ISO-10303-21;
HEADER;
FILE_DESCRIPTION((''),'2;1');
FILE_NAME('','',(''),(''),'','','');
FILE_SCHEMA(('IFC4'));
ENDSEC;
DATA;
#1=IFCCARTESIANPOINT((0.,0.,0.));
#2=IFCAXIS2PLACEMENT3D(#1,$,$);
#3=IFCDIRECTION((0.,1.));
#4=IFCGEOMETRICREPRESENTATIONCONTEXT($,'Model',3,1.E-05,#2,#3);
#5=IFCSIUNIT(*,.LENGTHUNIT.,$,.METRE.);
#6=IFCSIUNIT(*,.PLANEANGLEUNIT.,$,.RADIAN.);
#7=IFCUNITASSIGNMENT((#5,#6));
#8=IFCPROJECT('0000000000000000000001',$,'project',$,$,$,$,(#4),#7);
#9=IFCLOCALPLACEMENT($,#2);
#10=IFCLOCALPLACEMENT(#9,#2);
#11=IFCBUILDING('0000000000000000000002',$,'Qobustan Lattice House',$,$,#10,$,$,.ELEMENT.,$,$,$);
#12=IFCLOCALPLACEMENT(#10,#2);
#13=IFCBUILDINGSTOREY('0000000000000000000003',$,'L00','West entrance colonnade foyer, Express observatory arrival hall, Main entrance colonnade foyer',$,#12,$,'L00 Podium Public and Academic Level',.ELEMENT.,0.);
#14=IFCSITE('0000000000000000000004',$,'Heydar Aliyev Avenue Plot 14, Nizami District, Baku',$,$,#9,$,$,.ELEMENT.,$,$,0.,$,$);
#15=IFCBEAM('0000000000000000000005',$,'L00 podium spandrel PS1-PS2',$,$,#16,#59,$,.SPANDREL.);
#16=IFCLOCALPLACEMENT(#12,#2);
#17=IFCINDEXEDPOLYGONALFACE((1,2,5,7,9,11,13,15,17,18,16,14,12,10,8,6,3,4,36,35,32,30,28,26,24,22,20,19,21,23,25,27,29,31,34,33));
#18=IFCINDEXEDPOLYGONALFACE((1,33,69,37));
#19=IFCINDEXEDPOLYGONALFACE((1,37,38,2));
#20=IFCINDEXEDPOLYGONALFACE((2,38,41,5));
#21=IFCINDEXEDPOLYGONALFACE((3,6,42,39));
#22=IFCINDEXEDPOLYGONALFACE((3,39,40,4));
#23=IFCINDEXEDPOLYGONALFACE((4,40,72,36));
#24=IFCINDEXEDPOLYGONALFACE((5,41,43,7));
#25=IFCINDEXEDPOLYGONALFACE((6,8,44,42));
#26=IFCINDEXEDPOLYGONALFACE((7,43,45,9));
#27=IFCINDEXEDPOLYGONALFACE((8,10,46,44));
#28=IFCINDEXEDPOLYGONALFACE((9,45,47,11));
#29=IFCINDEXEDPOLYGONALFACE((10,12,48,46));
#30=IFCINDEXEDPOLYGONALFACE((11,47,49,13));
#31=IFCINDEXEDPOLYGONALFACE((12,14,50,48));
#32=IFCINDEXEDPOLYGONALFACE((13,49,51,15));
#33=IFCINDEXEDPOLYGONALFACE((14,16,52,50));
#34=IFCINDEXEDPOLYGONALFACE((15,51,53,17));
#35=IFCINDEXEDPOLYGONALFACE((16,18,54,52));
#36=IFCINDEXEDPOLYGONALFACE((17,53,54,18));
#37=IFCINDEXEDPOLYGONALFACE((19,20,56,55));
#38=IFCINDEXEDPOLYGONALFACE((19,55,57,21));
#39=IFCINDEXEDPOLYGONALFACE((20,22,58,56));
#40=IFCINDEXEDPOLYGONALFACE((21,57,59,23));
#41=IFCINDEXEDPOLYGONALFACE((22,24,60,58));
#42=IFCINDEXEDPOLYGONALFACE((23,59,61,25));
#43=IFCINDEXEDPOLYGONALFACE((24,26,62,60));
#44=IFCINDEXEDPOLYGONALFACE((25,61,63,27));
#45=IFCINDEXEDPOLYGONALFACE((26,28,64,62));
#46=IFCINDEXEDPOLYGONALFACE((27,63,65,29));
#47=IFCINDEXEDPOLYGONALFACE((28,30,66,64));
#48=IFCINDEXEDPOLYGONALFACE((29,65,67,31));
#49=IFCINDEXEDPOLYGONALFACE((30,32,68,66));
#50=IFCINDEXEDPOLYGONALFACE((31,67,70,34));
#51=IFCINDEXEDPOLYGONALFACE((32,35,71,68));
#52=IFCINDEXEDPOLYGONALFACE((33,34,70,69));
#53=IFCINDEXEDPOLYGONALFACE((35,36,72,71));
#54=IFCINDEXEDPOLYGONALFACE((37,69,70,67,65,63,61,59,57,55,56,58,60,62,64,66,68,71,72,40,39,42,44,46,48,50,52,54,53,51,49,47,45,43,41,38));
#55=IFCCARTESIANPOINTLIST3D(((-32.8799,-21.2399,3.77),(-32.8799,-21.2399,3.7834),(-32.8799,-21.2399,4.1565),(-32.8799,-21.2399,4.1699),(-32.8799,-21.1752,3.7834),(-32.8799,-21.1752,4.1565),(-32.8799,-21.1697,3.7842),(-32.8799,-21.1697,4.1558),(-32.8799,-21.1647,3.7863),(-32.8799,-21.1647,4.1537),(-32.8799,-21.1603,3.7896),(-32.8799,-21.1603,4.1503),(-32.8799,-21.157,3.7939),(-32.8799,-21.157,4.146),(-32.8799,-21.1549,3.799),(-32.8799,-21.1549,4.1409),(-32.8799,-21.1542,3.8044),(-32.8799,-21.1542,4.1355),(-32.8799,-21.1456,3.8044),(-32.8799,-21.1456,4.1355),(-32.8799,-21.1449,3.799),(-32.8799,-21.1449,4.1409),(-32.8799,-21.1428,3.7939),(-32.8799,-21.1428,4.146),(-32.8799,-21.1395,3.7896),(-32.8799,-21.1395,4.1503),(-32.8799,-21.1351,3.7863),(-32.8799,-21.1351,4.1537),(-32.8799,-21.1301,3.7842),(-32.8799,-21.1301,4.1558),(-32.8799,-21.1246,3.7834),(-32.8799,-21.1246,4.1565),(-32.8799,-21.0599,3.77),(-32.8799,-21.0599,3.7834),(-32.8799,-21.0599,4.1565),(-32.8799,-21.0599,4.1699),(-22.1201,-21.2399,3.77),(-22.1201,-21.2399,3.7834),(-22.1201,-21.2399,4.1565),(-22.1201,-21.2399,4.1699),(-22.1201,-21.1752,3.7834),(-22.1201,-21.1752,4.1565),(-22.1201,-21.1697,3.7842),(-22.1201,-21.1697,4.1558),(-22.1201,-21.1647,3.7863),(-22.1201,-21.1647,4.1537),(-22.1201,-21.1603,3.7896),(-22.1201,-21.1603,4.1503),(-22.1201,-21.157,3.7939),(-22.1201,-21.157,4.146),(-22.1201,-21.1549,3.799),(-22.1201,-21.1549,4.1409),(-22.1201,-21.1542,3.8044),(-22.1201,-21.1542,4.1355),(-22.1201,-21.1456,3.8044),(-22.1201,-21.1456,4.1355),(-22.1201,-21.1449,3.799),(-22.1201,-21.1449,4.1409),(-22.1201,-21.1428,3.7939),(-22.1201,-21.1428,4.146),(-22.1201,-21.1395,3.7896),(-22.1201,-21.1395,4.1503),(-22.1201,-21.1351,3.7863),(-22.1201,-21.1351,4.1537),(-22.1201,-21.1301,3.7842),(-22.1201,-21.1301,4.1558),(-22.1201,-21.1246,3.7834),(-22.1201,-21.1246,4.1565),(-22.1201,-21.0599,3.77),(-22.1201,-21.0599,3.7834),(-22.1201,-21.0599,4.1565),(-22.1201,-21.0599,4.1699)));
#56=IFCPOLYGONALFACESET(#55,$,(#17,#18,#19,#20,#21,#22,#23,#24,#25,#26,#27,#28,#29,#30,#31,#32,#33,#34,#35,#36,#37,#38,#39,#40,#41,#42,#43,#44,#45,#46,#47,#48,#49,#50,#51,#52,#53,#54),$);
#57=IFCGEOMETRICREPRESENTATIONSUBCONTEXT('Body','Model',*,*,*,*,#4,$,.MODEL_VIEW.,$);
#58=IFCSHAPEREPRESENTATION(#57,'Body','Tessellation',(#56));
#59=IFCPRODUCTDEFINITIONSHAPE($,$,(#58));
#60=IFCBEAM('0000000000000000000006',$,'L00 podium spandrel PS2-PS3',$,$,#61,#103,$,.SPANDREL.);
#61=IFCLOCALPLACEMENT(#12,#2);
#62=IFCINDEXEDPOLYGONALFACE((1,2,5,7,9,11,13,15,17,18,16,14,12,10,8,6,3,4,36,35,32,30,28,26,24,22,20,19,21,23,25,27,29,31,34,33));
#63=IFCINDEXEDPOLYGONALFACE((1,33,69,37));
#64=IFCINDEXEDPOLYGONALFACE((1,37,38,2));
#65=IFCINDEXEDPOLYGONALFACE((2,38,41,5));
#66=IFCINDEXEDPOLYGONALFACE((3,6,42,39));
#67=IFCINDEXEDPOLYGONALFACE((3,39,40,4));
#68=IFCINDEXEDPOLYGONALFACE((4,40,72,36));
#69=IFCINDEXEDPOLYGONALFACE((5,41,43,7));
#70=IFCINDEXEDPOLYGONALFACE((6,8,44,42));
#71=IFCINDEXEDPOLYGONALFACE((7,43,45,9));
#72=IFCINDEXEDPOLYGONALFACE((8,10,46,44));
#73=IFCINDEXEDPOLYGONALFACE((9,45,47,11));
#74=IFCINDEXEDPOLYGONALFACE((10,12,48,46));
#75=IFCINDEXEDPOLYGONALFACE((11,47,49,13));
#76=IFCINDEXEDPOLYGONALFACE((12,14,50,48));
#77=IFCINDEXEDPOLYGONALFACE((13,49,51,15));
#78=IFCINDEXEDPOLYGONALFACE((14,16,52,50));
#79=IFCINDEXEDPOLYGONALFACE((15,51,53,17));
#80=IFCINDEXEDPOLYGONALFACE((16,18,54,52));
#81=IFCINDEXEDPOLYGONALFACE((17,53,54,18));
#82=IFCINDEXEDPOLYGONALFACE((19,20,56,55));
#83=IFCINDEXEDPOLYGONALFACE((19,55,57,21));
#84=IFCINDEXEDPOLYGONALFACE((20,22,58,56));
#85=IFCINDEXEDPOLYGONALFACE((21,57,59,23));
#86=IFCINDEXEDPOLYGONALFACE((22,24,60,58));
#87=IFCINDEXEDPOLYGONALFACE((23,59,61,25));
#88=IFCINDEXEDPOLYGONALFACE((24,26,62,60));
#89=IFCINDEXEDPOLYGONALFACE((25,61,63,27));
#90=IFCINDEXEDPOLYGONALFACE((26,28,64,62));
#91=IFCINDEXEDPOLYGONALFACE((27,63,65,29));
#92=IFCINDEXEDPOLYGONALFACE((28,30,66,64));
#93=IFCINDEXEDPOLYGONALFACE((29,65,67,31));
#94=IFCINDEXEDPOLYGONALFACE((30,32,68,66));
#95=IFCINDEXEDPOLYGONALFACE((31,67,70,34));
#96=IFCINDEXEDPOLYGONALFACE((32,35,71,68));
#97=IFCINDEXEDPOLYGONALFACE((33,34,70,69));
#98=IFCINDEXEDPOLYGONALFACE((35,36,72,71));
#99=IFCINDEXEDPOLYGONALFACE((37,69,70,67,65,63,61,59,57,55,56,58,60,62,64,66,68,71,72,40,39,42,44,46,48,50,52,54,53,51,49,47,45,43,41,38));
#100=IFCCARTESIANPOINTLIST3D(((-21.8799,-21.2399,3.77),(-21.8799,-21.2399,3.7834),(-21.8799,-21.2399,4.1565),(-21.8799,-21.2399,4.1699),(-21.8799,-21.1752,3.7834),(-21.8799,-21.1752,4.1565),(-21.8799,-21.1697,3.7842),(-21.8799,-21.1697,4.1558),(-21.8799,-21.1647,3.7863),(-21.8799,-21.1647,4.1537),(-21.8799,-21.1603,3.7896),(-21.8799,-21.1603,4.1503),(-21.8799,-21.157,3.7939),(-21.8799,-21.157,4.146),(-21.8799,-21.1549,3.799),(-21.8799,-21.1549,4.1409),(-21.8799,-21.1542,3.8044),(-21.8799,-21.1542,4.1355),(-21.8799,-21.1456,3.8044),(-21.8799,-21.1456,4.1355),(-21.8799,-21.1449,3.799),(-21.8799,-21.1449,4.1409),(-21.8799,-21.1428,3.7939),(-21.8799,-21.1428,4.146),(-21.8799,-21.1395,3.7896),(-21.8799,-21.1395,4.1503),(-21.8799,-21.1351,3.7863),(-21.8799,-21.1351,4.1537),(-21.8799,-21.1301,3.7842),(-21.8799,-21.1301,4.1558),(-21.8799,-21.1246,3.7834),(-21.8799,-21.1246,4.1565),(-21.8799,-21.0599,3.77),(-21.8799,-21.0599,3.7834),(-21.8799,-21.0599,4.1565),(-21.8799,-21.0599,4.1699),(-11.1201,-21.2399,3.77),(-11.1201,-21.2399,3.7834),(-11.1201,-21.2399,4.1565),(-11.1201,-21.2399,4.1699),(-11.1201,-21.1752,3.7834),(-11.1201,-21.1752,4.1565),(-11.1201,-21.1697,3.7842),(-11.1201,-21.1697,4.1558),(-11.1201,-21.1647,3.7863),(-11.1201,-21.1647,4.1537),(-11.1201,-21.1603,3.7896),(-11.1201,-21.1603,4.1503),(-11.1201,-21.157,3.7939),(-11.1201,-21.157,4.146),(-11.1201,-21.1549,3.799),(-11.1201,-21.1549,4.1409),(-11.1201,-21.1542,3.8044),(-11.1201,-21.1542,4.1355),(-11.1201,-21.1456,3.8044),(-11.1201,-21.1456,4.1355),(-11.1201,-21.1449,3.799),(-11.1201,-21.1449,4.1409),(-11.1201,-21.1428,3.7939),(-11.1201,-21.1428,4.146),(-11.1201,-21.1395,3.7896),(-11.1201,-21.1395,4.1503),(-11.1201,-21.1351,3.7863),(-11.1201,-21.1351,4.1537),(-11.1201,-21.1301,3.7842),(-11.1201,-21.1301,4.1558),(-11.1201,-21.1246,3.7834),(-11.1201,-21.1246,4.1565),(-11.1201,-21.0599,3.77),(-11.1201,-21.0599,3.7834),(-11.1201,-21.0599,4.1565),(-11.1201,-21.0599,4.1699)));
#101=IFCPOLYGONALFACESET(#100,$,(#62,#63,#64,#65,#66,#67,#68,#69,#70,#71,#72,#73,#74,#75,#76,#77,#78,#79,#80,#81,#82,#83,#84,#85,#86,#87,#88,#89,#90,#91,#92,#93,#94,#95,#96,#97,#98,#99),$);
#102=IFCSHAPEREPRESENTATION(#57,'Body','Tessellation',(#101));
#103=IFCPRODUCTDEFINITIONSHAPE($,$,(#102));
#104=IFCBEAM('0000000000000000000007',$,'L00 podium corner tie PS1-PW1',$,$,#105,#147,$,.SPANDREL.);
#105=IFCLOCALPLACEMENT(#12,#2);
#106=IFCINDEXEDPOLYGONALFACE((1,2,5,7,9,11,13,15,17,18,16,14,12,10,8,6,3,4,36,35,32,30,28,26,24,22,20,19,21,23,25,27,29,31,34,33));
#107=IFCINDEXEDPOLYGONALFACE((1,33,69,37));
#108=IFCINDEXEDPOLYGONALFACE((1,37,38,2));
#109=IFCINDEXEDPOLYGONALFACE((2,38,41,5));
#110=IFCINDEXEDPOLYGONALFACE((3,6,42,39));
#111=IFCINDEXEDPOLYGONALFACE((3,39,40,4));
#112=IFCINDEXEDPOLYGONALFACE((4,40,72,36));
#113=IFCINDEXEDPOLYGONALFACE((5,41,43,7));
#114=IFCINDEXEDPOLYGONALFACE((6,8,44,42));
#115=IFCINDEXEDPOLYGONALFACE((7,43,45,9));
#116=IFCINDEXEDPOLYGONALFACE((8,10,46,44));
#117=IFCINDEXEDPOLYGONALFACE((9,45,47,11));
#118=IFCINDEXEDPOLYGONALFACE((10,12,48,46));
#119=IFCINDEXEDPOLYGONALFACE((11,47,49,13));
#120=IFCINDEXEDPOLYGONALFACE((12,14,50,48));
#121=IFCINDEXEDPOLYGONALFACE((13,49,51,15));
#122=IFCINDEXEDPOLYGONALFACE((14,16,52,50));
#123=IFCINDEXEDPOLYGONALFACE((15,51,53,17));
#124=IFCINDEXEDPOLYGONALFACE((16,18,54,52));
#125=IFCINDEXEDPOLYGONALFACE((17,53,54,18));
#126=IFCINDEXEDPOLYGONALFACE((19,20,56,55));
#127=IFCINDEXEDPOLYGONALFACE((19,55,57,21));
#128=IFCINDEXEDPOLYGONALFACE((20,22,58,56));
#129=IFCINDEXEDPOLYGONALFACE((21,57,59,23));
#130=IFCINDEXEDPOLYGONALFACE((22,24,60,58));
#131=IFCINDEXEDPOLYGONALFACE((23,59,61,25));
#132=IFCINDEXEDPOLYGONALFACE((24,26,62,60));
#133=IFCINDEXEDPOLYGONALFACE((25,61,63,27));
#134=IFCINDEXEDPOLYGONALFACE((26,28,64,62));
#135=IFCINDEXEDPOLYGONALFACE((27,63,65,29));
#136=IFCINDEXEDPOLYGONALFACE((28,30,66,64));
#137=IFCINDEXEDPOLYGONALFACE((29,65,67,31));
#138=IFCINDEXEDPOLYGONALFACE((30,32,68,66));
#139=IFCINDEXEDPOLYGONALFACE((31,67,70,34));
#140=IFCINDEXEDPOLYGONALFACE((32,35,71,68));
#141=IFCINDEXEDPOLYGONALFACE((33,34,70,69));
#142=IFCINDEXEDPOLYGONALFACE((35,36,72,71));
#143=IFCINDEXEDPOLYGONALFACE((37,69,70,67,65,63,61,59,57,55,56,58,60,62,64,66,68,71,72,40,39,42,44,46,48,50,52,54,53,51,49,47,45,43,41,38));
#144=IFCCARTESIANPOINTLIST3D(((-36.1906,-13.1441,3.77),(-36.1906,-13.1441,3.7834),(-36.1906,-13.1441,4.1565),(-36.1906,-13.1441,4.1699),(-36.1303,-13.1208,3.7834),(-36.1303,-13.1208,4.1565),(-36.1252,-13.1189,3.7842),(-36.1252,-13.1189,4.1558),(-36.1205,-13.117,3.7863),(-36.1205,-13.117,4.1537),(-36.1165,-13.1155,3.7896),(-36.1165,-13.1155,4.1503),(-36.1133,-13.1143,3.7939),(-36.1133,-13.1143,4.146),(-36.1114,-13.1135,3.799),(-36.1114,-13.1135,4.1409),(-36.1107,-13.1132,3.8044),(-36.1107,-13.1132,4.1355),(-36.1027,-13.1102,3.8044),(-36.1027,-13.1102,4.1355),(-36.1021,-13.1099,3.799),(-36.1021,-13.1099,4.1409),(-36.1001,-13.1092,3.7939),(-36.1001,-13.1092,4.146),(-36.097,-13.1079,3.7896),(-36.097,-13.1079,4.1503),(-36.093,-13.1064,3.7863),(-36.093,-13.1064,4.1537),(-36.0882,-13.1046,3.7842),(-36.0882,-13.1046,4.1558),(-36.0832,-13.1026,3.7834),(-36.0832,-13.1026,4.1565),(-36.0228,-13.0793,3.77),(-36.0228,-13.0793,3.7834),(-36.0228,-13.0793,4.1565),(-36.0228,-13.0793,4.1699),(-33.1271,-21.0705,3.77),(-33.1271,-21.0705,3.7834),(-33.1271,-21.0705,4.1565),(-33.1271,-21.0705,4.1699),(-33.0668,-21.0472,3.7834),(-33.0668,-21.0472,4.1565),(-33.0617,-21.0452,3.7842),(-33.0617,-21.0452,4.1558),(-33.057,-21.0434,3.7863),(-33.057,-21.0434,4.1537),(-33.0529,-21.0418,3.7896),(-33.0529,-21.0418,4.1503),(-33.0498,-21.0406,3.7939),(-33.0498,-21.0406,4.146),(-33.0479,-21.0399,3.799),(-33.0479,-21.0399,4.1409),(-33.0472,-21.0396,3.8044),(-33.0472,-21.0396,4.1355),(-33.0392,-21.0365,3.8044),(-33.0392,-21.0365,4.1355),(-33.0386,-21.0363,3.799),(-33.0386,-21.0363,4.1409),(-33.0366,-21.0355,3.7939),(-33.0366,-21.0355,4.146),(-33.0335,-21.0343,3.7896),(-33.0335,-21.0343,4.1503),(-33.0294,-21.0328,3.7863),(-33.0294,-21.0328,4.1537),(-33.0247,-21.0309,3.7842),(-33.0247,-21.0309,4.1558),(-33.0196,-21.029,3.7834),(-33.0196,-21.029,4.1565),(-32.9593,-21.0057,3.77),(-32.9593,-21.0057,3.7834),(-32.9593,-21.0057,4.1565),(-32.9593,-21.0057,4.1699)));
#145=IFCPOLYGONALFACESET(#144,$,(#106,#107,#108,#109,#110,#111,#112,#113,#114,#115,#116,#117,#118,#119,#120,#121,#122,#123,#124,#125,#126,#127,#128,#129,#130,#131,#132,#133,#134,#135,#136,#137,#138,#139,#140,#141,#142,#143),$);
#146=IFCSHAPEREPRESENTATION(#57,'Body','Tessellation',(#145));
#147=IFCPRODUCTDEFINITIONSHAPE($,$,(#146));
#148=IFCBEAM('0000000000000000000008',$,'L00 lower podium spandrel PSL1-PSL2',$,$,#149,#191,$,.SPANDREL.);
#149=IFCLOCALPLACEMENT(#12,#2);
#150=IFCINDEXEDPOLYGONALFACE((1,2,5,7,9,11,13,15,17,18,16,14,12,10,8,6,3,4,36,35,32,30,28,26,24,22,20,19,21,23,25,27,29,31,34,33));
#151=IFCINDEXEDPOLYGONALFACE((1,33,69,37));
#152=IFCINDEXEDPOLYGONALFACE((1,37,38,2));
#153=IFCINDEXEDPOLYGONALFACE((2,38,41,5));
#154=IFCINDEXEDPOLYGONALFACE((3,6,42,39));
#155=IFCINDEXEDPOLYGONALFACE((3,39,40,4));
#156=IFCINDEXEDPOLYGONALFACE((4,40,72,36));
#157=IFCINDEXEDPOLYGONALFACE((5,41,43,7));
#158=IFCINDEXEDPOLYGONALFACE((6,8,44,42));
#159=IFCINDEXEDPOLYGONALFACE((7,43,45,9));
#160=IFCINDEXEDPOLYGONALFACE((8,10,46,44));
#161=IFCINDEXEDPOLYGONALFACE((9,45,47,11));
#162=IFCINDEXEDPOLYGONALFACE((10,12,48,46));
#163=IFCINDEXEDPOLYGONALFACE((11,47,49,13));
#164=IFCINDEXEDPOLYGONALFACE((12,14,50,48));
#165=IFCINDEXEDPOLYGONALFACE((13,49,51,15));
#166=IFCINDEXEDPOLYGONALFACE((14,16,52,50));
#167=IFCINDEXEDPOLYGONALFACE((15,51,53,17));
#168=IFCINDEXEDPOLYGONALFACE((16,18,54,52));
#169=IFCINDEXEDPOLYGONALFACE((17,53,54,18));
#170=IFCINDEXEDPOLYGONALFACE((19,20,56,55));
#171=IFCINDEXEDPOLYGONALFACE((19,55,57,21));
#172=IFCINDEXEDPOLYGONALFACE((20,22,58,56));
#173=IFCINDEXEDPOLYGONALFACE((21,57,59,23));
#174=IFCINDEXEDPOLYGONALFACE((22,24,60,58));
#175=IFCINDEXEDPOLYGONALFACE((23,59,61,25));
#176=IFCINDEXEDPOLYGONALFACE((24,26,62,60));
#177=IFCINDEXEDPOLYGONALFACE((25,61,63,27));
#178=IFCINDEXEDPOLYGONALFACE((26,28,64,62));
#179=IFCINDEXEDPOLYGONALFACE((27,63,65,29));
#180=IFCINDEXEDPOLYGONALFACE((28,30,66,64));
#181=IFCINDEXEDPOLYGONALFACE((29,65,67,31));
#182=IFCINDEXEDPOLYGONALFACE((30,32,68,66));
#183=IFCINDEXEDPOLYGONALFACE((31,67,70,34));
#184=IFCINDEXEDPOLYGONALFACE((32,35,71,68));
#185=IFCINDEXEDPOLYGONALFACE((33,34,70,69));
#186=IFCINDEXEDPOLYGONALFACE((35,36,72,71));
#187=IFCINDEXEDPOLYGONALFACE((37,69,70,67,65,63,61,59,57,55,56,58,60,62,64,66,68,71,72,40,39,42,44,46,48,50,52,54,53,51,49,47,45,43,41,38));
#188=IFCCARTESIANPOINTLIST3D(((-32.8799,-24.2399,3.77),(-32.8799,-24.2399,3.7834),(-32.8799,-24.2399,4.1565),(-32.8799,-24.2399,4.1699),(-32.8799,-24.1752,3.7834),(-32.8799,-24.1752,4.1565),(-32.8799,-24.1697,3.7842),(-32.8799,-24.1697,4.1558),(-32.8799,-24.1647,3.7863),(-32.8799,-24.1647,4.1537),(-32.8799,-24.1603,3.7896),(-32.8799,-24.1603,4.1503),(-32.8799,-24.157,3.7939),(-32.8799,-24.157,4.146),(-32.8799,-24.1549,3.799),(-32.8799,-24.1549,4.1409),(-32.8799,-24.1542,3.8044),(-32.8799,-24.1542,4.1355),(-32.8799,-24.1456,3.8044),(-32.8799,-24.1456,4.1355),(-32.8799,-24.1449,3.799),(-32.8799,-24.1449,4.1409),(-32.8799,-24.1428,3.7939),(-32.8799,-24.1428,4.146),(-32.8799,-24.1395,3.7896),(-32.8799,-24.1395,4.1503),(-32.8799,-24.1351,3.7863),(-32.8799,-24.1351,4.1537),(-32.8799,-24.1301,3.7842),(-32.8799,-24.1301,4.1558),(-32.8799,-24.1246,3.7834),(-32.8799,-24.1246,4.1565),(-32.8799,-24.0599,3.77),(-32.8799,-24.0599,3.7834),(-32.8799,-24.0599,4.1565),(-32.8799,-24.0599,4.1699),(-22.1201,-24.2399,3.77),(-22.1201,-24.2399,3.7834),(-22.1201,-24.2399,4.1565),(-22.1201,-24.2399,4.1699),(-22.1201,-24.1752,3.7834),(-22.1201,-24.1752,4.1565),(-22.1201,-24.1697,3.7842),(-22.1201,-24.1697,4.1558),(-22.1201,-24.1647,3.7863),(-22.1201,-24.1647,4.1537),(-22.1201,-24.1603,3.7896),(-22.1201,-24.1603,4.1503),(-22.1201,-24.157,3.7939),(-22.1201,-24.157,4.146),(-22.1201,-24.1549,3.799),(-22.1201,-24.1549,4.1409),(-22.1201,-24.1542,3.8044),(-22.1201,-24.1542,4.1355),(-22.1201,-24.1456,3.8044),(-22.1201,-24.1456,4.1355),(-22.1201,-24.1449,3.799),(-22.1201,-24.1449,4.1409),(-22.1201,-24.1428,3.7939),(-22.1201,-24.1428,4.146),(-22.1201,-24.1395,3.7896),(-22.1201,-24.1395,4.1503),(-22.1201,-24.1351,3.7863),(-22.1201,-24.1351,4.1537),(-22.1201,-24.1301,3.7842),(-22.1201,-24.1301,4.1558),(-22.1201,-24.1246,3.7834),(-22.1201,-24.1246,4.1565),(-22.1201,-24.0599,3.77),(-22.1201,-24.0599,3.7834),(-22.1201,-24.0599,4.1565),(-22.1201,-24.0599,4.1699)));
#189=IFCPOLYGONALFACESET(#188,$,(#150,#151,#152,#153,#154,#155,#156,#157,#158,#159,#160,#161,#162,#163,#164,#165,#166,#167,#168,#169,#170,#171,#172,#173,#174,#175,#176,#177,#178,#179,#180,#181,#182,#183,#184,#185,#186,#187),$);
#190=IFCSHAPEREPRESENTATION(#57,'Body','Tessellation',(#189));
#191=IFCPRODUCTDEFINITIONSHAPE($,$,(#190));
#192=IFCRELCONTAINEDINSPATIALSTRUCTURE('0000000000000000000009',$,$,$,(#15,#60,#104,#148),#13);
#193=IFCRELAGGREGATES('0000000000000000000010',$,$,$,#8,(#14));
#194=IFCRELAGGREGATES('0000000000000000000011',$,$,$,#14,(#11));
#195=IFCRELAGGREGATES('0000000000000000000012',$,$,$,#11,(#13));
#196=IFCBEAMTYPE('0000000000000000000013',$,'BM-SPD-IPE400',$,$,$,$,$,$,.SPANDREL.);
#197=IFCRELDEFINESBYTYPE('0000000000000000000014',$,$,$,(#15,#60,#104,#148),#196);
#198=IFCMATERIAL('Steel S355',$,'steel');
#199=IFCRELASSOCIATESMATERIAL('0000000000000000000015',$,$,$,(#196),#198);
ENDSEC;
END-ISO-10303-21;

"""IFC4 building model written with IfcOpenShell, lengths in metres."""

from ifc_helpers import new_model, si_unit, direction, frame, origin, origin_2d, place, context, subcontext, project, spatial, i_section, extrude, material, material_profile, profile_set, type_object, element, save


model = new_model("IFC4")

# Units and contexts
model_context = context("Model", 3, precision=1e-05, world=origin(), true_north=direction((0.0, 1.0)))
body_context = subcontext(model_context, "Body", "Model", "MODEL_VIEW")
ifc_project = project(units=[si_unit("LENGTHUNIT", "METRE"), si_unit("PLANEANGLEUNIT", "RADIAN")], contexts=[model_context])

# Site, building, storey
site_placement = place(None, origin())
site = spatial("IfcSite", under=ifc_project, at=site_placement, Name="Heydar Aliyev Avenue Plot 14, Nizami District, Baku", CompositionType="ELEMENT", RefElevation=0.0)
building_placement = place(site_placement, origin())
building = spatial("IfcBuilding", under=site, at=building_placement, Name="Qobustan Lattice House", CompositionType="ELEMENT")
storey_placement = place(building_placement, origin())
storey = spatial("IfcBuildingStorey", under=building, at=storey_placement, Name="L00", Description="West entrance colonnade foyer, Express observatory arrival hall, Main entrance colonnade foyer", LongName="L00 Podium Public and Academic Level", CompositionType="ELEMENT", Elevation=0.0)

# Beams
ifc_material_1 = material(Name="Steel S355", Category="steel")
ifc_material_profile_1 = material_profile(ifc_material_1, i_section(OverallWidth=0.1799, OverallDepth=0.3999, WebThickness=0.0085, FlangeThickness=0.0134, FilletRadius=0.021, at=origin_2d()), Name="IPE400")
ifc_profile_set_1 = profile_set([ifc_material_profile_1], Name="Steel S355")
beam_type_1 = type_object("IfcBeamType", Name="BM-SPD-IPE400", PredefinedType="SPANDREL", material=ifc_profile_set_1)
for number, where, z_axis, x_axis, name in (
    (1, (-32.8799, -21.1499, 3.97), (1.0, 0.0, 0.0), (0.0, 1.0, 0.0), "L00 podium spandrel PS1-PS2"),
    (2, (-21.8799, -21.1499, 3.97), (1.0, 0.0, 0.0), (0.0, 1.0, 0.0), "L00 podium spandrel PS2-PS3"),
):
    element("IfcBeam", number, at=place(storey_placement, frame(where, z_axis=z_axis, x_axis=x_axis)), inside=storey, type_object=beam_type_1, Name=name, PredefinedType="SPANDREL", context=body_context, shape_type="SweptSolid", body=[
        extrude(i_section(OverallWidth=0.1799, OverallDepth=0.3999, WebThickness=0.0085, FlangeThickness=0.0134, FilletRadius=0.021, at=origin_2d()), origin(), (0.0, 0.0, 1.0), 10.7598),
    ])
beam_1_placement = place(storey_placement, frame((-33.0432, -21.0381, 3.97), z_axis=(-0.360507, 0.932756, 0.0), x_axis=(-0.932756, -0.360507, 0.0)))
element("IfcBeam", 3, at=beam_1_placement, inside=storey, type_object=beam_type_1, Name="L00 podium corner tie PS1-PW1", PredefinedType="SPANDREL", context=body_context, shape_type="SweptSolid", body=[
    extrude(i_section(OverallWidth=0.1799, OverallDepth=0.3999, WebThickness=0.0085, FlangeThickness=0.0134, FilletRadius=0.021, at=origin_2d()), origin(), (0.0, 0.0, 1.0), 8.4978),
])
for number, where, z_axis, x_axis, name in (
    (4, (-32.8799, -24.1499, 3.97), (1.0, 0.0, 0.0), (0.0, 1.0, 0.0), "L00 lower podium spandrel PSL1-PSL2"),
):
    element("IfcBeam", number, at=place(storey_placement, frame(where, z_axis=z_axis, x_axis=x_axis)), inside=storey, type_object=beam_type_1, Name=name, PredefinedType="SPANDREL", context=body_context, shape_type="SweptSolid", body=[
        extrude(i_section(OverallWidth=0.1799, OverallDepth=0.3999, WebThickness=0.0085, FlangeThickness=0.0134, FilletRadius=0.021, at=origin_2d()), origin(), (0.0, 0.0, 1.0), 10.7598),
    ])

save(model, "model.ifc")
